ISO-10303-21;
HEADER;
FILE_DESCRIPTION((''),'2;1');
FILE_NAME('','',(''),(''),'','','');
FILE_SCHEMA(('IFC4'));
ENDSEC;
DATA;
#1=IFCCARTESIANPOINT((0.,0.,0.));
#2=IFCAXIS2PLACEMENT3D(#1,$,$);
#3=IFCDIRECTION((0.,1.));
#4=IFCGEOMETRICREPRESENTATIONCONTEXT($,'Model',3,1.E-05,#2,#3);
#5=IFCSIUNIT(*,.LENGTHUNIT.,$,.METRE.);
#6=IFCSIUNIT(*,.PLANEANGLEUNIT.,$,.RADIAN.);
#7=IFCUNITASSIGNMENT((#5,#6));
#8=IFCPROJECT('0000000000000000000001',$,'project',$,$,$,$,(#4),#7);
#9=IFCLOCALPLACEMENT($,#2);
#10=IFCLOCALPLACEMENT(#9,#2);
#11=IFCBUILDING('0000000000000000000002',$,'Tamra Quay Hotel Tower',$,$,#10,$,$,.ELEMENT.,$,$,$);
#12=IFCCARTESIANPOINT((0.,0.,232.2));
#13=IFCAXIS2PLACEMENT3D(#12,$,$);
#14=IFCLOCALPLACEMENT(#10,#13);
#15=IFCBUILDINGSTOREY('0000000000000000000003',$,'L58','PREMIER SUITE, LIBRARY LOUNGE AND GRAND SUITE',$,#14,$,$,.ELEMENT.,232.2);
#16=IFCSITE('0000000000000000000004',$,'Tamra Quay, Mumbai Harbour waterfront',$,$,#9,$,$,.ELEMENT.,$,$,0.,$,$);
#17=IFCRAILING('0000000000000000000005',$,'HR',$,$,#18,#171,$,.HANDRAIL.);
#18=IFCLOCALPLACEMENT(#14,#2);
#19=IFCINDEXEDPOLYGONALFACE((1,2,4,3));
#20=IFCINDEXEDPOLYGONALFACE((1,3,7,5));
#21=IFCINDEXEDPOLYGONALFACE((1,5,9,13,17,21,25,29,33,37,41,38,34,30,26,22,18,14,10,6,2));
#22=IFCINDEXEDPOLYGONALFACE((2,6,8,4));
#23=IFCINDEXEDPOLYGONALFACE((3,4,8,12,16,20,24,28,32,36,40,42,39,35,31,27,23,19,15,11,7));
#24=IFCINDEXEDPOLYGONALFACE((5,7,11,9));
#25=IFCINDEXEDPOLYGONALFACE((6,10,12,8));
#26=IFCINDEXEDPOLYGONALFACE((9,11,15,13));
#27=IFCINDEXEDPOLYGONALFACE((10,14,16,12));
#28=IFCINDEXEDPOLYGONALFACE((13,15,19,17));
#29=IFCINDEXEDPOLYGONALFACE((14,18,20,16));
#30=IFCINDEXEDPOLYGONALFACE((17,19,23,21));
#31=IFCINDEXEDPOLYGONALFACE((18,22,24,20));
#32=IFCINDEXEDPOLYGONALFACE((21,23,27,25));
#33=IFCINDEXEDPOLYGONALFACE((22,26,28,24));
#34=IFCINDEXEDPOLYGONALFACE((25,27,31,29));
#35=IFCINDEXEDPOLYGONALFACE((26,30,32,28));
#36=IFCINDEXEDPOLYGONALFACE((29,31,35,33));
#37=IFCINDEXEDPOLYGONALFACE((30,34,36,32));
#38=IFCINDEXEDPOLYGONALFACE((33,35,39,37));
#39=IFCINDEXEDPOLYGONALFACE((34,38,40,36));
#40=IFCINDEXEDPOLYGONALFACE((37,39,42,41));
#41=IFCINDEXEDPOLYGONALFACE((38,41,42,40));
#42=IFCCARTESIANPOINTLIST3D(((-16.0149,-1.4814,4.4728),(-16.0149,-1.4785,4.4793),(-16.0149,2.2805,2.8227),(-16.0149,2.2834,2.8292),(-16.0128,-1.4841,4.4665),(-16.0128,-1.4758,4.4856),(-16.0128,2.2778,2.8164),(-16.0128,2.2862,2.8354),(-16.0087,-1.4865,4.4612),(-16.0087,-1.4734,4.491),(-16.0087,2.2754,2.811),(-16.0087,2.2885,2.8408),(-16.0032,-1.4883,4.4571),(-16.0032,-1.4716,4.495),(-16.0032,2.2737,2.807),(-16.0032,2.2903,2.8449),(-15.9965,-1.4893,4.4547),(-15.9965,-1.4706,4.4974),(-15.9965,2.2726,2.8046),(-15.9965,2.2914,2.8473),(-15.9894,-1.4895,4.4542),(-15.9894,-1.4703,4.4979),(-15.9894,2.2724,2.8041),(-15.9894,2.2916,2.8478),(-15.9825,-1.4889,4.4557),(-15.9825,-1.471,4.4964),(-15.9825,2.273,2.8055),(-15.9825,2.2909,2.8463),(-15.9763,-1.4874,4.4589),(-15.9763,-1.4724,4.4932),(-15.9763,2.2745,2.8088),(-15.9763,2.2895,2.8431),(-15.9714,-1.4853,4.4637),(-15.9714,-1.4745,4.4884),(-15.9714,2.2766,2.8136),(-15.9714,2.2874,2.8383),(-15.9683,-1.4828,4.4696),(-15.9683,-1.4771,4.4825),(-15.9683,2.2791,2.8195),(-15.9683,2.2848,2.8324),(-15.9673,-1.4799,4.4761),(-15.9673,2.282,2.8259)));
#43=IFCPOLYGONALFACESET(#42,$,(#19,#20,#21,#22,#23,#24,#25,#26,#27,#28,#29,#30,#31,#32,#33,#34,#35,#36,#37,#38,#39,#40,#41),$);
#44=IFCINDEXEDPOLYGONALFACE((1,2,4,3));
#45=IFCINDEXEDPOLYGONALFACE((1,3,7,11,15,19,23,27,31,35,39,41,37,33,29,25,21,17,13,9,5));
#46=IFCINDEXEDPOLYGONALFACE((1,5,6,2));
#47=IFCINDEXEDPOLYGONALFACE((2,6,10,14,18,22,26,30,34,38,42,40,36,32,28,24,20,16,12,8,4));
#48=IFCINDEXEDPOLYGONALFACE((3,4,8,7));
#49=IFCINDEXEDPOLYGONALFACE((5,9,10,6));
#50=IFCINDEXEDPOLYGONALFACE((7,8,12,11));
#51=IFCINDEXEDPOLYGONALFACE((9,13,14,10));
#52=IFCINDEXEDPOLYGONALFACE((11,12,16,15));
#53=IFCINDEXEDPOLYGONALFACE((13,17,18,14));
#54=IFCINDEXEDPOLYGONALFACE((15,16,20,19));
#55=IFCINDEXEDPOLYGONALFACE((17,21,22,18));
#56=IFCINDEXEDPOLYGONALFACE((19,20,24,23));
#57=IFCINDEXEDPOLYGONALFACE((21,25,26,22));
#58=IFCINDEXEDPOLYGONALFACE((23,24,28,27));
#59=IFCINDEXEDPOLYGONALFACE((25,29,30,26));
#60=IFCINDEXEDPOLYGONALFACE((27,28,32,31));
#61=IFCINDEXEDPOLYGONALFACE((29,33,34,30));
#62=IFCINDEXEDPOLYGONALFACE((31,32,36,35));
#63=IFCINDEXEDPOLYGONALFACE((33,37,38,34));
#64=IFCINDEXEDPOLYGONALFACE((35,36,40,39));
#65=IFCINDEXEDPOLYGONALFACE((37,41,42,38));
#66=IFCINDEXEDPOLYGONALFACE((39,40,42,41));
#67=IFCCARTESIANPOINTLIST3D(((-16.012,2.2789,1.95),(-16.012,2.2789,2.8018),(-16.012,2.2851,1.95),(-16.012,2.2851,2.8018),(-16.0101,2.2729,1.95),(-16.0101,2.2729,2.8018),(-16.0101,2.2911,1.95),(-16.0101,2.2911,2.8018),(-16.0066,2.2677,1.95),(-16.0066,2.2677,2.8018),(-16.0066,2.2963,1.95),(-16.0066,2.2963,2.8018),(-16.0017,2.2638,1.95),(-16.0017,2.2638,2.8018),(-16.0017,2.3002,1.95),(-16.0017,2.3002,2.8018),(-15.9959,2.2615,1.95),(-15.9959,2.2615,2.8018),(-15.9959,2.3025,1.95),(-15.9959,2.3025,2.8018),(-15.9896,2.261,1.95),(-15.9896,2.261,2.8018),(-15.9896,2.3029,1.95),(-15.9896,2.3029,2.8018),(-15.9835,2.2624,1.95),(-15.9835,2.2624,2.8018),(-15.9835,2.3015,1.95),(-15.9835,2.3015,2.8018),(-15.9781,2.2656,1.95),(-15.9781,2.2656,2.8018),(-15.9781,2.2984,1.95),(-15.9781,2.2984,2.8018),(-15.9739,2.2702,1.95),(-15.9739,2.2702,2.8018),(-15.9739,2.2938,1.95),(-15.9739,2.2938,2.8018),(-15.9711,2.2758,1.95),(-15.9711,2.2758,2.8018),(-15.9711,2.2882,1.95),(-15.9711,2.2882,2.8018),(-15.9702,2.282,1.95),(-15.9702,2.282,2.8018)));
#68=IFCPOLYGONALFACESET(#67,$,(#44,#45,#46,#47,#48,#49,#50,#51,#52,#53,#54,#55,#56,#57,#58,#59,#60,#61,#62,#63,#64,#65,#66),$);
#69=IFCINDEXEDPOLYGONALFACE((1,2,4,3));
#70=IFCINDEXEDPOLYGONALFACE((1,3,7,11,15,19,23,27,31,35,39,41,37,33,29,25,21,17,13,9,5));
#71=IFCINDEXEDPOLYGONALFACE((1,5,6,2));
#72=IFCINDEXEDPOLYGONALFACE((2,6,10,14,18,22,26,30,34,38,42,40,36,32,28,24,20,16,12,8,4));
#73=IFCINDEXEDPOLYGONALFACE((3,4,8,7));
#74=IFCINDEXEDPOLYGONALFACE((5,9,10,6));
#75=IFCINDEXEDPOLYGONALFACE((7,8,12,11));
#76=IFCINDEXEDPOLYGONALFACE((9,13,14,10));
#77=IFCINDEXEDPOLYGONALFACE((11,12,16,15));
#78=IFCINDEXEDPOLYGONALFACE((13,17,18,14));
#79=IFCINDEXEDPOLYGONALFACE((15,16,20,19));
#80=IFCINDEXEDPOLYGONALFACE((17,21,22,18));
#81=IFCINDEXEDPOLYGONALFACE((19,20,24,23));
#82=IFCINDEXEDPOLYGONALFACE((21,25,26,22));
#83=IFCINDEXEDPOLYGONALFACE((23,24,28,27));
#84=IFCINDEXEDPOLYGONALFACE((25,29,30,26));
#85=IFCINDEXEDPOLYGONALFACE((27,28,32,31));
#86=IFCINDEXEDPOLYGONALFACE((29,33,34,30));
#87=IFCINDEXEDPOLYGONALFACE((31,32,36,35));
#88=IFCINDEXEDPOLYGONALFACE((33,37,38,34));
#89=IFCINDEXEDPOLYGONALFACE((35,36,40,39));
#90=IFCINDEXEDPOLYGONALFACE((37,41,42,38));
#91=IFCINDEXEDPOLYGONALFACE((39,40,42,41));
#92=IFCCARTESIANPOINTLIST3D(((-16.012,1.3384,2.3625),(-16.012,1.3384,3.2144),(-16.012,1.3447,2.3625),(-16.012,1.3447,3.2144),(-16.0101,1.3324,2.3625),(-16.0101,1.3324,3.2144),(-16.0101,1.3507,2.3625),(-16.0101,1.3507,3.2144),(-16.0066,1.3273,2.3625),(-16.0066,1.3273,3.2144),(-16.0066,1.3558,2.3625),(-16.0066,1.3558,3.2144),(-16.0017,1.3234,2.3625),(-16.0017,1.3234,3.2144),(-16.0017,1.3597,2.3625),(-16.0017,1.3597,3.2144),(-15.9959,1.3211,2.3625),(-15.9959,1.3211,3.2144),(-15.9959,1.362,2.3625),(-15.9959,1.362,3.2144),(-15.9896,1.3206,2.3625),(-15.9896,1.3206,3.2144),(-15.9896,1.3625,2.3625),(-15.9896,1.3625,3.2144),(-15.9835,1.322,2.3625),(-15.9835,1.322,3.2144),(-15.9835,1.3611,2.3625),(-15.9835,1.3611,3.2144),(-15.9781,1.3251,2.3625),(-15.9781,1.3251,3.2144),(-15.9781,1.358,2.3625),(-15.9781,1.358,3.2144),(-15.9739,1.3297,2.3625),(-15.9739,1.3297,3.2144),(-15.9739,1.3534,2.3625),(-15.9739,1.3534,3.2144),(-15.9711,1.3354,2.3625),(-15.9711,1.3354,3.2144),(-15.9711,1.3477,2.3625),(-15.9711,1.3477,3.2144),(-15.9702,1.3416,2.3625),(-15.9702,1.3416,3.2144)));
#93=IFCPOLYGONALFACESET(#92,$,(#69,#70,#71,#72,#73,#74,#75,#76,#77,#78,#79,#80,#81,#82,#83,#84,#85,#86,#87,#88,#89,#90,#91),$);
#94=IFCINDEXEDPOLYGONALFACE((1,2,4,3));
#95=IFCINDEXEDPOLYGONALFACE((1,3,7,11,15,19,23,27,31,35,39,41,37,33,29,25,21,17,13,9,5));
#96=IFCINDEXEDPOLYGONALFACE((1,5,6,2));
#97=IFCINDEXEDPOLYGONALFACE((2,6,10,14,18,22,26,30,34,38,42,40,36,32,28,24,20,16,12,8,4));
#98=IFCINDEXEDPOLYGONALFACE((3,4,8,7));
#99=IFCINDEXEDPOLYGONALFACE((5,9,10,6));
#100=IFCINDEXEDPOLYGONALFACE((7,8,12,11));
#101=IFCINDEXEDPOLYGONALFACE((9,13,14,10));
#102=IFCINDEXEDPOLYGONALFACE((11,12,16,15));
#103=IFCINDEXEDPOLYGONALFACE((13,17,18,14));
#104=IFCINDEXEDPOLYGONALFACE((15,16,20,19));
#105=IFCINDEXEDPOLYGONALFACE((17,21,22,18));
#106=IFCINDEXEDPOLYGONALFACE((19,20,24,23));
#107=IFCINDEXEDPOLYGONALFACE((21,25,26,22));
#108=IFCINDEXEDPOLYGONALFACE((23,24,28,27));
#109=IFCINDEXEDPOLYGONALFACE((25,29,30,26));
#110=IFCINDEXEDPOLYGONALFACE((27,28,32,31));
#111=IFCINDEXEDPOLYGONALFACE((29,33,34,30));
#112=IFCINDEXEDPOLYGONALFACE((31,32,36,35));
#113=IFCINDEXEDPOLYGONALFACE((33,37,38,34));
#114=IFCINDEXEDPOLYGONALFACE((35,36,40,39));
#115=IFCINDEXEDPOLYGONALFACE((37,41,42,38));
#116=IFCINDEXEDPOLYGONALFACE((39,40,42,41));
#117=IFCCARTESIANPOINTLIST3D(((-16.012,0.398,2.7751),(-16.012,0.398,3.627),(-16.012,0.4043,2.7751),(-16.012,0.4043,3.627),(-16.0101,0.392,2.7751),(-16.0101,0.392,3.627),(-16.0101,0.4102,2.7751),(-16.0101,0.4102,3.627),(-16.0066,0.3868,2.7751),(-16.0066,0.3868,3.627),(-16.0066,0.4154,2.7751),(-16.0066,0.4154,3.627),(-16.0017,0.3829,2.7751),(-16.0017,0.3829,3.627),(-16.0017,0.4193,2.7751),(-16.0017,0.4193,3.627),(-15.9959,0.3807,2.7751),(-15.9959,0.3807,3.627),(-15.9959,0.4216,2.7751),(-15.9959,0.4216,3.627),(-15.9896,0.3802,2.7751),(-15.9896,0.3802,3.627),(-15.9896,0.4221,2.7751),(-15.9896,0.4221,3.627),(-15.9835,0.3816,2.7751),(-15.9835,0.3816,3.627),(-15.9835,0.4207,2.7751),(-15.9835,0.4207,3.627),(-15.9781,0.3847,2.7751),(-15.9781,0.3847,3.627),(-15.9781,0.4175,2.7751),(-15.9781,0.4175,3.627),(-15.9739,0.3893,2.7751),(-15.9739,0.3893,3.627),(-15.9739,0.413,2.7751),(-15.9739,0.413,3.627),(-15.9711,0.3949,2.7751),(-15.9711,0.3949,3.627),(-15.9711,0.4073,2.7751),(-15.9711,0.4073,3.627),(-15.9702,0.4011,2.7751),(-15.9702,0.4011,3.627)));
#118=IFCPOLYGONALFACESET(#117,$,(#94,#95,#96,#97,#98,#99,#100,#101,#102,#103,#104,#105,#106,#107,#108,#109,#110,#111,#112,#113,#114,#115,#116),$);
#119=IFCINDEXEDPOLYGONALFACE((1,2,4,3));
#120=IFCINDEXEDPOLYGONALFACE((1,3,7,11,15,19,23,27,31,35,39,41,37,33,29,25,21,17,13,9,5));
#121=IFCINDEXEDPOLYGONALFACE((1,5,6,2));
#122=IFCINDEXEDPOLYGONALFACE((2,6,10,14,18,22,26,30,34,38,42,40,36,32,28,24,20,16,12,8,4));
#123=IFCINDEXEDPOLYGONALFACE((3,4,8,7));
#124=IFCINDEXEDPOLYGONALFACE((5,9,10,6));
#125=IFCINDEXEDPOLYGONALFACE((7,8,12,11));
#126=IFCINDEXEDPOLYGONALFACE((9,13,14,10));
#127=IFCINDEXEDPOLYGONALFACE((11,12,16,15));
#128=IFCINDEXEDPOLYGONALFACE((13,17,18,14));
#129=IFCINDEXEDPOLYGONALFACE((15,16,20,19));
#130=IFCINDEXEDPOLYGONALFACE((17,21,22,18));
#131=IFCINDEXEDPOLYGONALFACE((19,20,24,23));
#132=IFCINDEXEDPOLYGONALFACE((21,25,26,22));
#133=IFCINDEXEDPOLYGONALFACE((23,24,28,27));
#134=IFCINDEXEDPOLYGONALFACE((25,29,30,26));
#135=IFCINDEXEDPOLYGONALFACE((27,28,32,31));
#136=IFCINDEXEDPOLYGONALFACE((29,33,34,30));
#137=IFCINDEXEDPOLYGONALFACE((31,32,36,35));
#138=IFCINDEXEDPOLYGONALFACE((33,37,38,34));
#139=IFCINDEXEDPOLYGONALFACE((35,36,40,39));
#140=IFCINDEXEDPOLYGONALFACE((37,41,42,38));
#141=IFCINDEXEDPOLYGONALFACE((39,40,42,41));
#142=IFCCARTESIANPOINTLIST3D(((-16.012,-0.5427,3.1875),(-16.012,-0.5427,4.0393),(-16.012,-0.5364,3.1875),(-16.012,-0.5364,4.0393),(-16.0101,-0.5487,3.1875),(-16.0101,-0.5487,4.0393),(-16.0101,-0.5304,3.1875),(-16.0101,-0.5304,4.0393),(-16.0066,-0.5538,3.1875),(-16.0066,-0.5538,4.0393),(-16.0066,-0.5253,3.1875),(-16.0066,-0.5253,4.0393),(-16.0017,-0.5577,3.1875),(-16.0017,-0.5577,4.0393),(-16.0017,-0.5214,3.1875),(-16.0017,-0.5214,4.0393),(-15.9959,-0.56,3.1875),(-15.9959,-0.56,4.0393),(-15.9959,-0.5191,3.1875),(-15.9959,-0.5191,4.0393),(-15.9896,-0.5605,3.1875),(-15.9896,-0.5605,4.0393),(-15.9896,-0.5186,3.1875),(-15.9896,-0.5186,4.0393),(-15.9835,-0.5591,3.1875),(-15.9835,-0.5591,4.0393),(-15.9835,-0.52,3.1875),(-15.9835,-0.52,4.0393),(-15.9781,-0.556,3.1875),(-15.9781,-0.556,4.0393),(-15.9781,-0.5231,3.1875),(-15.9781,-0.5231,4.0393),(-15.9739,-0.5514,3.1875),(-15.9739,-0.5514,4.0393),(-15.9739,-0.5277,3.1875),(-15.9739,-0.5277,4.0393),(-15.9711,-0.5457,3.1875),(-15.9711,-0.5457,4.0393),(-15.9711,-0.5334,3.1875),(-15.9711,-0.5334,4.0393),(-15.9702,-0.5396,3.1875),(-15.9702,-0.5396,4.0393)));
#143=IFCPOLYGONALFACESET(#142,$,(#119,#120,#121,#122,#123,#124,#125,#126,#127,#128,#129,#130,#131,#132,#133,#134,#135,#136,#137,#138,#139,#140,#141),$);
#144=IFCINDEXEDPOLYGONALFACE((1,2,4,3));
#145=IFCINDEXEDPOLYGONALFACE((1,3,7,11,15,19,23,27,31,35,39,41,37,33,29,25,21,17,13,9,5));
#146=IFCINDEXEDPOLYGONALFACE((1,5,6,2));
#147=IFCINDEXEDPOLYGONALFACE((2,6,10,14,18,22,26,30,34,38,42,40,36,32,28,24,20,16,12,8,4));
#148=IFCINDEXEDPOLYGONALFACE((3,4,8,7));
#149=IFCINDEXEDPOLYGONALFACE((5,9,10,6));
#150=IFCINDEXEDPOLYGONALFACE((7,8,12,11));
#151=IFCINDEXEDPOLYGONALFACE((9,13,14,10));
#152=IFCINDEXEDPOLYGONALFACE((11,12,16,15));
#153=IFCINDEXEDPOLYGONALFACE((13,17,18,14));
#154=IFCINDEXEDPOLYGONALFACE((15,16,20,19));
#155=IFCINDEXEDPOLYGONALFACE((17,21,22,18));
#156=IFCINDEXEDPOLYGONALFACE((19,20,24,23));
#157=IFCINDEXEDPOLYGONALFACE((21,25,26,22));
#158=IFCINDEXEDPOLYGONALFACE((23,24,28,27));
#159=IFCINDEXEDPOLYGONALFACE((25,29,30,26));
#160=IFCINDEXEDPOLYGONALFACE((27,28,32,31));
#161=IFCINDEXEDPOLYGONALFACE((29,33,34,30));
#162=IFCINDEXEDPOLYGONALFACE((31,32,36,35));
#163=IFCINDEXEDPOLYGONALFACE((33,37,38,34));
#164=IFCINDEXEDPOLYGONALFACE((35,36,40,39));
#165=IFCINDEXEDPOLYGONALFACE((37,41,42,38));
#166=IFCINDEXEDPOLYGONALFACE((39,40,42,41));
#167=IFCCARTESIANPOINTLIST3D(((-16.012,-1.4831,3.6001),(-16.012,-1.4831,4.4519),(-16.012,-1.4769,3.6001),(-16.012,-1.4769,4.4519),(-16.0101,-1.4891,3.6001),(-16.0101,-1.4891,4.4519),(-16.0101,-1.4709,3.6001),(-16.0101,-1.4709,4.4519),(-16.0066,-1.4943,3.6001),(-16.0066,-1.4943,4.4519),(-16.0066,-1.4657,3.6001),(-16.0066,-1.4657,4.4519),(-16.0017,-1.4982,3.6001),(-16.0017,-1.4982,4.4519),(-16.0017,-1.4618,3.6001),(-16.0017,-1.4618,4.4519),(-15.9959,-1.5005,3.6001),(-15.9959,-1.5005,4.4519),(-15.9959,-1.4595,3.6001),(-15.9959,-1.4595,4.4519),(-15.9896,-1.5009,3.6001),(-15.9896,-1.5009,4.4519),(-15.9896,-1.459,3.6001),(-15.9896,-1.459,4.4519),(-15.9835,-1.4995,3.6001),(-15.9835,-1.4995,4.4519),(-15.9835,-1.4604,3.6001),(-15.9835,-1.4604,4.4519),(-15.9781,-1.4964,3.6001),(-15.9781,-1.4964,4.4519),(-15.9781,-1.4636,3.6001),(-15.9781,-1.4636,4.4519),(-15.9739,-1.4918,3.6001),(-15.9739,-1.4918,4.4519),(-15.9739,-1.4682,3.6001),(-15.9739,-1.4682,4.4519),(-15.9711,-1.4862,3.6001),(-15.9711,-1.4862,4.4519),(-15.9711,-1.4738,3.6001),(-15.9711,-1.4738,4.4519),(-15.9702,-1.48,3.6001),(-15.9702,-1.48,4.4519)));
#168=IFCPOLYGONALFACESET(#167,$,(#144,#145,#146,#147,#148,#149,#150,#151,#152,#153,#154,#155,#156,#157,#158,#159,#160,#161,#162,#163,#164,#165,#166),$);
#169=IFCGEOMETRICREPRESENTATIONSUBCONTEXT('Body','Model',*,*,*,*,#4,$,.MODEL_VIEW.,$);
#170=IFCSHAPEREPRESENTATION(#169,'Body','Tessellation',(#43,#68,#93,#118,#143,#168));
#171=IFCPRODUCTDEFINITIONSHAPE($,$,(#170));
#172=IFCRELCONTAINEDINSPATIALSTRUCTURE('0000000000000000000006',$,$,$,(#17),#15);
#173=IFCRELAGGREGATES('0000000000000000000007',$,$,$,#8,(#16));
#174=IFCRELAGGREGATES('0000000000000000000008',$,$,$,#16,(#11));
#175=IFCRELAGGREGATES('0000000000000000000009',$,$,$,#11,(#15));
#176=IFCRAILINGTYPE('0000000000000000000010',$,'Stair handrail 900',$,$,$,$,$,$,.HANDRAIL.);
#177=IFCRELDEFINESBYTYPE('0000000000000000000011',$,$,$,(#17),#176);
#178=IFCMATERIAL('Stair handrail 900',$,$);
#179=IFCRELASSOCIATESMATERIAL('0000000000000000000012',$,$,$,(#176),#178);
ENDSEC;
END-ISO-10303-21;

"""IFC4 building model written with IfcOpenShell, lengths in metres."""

from ifc_helpers import new_model, si_unit, direction, frame, origin, origin_2d, place, context, subcontext, project, spatial, circle, extrude, material, type_object, element, save


model = new_model("IFC4")

# Units and contexts
model_context = context("Model", 3, precision=1e-05, world=origin(), true_north=direction((0.0, 1.0)))
body_context = subcontext(model_context, "Body", "Model", "MODEL_VIEW")
ifc_project = project(units=[si_unit("LENGTHUNIT", "METRE"), si_unit("PLANEANGLEUNIT", "RADIAN")], contexts=[model_context])

# Site, building, storey
site_placement = place(None, origin())
site = spatial("IfcSite", under=ifc_project, at=site_placement, Name="Tamra Quay, Mumbai Harbour waterfront", CompositionType="ELEMENT", RefElevation=0.0)
building_placement = place(site_placement, origin())
building = spatial("IfcBuilding", under=site, at=building_placement, Name="Tamra Quay Hotel Tower", CompositionType="ELEMENT")
storey_placement = place(building_placement, frame((0.0, 0.0, 232.2)))
storey = spatial("IfcBuildingStorey", under=building, at=storey_placement, Name="L58", Description="PREMIER SUITE, LIBRARY LOUNGE AND GRAND SUITE", CompositionType="ELEMENT", Elevation=232.2)

# Railing
ifc_material_1 = material(Name="Stair handrail 900")
railing_type = type_object("IfcRailingType", Name="Stair handrail 900", PredefinedType="HANDRAIL", material=ifc_material_1)
railing_placement = place(storey_placement, frame((-15.9912, 2.282, 1.95)))
element("IfcRailing", 1, at=railing_placement, inside=storey, type_object=railing_type, Name="HR", PredefinedType="HANDRAIL", context=body_context, shape_type="SweptSolid", body=[
    extrude(circle(Radius=0.0239, at=origin_2d()), frame((0.0, 0.0, 0.876), z_axis=(0.0, -0.915774, 0.401695), x_axis=(1.0, 0.0, 0.0)), (0.0, 0.0, 1.0), 4.1079),
    extrude(circle(Radius=0.021, at=origin_2d()), origin(), (0.0, 0.0, 1.0), 0.8518),
    extrude(circle(Radius=0.021, at=origin_2d()), frame((0.0, -0.9404, 0.4126)), (0.0, 0.0, 1.0), 0.8518),
    extrude(circle(Radius=0.021, at=origin_2d()), frame((0.0, -1.8809, 0.8252)), (0.0, 0.0, 1.0), 0.8518),
    extrude(circle(Radius=0.021, at=origin_2d()), frame((0.0, -2.8215, 1.2375)), (0.0, 0.0, 1.0), 0.8518),
    extrude(circle(Radius=0.021, at=origin_2d()), frame((0.0, -3.762, 1.6501)), (0.0, 0.0, 1.0), 0.8518),
])

save(model, "model.ifc")
